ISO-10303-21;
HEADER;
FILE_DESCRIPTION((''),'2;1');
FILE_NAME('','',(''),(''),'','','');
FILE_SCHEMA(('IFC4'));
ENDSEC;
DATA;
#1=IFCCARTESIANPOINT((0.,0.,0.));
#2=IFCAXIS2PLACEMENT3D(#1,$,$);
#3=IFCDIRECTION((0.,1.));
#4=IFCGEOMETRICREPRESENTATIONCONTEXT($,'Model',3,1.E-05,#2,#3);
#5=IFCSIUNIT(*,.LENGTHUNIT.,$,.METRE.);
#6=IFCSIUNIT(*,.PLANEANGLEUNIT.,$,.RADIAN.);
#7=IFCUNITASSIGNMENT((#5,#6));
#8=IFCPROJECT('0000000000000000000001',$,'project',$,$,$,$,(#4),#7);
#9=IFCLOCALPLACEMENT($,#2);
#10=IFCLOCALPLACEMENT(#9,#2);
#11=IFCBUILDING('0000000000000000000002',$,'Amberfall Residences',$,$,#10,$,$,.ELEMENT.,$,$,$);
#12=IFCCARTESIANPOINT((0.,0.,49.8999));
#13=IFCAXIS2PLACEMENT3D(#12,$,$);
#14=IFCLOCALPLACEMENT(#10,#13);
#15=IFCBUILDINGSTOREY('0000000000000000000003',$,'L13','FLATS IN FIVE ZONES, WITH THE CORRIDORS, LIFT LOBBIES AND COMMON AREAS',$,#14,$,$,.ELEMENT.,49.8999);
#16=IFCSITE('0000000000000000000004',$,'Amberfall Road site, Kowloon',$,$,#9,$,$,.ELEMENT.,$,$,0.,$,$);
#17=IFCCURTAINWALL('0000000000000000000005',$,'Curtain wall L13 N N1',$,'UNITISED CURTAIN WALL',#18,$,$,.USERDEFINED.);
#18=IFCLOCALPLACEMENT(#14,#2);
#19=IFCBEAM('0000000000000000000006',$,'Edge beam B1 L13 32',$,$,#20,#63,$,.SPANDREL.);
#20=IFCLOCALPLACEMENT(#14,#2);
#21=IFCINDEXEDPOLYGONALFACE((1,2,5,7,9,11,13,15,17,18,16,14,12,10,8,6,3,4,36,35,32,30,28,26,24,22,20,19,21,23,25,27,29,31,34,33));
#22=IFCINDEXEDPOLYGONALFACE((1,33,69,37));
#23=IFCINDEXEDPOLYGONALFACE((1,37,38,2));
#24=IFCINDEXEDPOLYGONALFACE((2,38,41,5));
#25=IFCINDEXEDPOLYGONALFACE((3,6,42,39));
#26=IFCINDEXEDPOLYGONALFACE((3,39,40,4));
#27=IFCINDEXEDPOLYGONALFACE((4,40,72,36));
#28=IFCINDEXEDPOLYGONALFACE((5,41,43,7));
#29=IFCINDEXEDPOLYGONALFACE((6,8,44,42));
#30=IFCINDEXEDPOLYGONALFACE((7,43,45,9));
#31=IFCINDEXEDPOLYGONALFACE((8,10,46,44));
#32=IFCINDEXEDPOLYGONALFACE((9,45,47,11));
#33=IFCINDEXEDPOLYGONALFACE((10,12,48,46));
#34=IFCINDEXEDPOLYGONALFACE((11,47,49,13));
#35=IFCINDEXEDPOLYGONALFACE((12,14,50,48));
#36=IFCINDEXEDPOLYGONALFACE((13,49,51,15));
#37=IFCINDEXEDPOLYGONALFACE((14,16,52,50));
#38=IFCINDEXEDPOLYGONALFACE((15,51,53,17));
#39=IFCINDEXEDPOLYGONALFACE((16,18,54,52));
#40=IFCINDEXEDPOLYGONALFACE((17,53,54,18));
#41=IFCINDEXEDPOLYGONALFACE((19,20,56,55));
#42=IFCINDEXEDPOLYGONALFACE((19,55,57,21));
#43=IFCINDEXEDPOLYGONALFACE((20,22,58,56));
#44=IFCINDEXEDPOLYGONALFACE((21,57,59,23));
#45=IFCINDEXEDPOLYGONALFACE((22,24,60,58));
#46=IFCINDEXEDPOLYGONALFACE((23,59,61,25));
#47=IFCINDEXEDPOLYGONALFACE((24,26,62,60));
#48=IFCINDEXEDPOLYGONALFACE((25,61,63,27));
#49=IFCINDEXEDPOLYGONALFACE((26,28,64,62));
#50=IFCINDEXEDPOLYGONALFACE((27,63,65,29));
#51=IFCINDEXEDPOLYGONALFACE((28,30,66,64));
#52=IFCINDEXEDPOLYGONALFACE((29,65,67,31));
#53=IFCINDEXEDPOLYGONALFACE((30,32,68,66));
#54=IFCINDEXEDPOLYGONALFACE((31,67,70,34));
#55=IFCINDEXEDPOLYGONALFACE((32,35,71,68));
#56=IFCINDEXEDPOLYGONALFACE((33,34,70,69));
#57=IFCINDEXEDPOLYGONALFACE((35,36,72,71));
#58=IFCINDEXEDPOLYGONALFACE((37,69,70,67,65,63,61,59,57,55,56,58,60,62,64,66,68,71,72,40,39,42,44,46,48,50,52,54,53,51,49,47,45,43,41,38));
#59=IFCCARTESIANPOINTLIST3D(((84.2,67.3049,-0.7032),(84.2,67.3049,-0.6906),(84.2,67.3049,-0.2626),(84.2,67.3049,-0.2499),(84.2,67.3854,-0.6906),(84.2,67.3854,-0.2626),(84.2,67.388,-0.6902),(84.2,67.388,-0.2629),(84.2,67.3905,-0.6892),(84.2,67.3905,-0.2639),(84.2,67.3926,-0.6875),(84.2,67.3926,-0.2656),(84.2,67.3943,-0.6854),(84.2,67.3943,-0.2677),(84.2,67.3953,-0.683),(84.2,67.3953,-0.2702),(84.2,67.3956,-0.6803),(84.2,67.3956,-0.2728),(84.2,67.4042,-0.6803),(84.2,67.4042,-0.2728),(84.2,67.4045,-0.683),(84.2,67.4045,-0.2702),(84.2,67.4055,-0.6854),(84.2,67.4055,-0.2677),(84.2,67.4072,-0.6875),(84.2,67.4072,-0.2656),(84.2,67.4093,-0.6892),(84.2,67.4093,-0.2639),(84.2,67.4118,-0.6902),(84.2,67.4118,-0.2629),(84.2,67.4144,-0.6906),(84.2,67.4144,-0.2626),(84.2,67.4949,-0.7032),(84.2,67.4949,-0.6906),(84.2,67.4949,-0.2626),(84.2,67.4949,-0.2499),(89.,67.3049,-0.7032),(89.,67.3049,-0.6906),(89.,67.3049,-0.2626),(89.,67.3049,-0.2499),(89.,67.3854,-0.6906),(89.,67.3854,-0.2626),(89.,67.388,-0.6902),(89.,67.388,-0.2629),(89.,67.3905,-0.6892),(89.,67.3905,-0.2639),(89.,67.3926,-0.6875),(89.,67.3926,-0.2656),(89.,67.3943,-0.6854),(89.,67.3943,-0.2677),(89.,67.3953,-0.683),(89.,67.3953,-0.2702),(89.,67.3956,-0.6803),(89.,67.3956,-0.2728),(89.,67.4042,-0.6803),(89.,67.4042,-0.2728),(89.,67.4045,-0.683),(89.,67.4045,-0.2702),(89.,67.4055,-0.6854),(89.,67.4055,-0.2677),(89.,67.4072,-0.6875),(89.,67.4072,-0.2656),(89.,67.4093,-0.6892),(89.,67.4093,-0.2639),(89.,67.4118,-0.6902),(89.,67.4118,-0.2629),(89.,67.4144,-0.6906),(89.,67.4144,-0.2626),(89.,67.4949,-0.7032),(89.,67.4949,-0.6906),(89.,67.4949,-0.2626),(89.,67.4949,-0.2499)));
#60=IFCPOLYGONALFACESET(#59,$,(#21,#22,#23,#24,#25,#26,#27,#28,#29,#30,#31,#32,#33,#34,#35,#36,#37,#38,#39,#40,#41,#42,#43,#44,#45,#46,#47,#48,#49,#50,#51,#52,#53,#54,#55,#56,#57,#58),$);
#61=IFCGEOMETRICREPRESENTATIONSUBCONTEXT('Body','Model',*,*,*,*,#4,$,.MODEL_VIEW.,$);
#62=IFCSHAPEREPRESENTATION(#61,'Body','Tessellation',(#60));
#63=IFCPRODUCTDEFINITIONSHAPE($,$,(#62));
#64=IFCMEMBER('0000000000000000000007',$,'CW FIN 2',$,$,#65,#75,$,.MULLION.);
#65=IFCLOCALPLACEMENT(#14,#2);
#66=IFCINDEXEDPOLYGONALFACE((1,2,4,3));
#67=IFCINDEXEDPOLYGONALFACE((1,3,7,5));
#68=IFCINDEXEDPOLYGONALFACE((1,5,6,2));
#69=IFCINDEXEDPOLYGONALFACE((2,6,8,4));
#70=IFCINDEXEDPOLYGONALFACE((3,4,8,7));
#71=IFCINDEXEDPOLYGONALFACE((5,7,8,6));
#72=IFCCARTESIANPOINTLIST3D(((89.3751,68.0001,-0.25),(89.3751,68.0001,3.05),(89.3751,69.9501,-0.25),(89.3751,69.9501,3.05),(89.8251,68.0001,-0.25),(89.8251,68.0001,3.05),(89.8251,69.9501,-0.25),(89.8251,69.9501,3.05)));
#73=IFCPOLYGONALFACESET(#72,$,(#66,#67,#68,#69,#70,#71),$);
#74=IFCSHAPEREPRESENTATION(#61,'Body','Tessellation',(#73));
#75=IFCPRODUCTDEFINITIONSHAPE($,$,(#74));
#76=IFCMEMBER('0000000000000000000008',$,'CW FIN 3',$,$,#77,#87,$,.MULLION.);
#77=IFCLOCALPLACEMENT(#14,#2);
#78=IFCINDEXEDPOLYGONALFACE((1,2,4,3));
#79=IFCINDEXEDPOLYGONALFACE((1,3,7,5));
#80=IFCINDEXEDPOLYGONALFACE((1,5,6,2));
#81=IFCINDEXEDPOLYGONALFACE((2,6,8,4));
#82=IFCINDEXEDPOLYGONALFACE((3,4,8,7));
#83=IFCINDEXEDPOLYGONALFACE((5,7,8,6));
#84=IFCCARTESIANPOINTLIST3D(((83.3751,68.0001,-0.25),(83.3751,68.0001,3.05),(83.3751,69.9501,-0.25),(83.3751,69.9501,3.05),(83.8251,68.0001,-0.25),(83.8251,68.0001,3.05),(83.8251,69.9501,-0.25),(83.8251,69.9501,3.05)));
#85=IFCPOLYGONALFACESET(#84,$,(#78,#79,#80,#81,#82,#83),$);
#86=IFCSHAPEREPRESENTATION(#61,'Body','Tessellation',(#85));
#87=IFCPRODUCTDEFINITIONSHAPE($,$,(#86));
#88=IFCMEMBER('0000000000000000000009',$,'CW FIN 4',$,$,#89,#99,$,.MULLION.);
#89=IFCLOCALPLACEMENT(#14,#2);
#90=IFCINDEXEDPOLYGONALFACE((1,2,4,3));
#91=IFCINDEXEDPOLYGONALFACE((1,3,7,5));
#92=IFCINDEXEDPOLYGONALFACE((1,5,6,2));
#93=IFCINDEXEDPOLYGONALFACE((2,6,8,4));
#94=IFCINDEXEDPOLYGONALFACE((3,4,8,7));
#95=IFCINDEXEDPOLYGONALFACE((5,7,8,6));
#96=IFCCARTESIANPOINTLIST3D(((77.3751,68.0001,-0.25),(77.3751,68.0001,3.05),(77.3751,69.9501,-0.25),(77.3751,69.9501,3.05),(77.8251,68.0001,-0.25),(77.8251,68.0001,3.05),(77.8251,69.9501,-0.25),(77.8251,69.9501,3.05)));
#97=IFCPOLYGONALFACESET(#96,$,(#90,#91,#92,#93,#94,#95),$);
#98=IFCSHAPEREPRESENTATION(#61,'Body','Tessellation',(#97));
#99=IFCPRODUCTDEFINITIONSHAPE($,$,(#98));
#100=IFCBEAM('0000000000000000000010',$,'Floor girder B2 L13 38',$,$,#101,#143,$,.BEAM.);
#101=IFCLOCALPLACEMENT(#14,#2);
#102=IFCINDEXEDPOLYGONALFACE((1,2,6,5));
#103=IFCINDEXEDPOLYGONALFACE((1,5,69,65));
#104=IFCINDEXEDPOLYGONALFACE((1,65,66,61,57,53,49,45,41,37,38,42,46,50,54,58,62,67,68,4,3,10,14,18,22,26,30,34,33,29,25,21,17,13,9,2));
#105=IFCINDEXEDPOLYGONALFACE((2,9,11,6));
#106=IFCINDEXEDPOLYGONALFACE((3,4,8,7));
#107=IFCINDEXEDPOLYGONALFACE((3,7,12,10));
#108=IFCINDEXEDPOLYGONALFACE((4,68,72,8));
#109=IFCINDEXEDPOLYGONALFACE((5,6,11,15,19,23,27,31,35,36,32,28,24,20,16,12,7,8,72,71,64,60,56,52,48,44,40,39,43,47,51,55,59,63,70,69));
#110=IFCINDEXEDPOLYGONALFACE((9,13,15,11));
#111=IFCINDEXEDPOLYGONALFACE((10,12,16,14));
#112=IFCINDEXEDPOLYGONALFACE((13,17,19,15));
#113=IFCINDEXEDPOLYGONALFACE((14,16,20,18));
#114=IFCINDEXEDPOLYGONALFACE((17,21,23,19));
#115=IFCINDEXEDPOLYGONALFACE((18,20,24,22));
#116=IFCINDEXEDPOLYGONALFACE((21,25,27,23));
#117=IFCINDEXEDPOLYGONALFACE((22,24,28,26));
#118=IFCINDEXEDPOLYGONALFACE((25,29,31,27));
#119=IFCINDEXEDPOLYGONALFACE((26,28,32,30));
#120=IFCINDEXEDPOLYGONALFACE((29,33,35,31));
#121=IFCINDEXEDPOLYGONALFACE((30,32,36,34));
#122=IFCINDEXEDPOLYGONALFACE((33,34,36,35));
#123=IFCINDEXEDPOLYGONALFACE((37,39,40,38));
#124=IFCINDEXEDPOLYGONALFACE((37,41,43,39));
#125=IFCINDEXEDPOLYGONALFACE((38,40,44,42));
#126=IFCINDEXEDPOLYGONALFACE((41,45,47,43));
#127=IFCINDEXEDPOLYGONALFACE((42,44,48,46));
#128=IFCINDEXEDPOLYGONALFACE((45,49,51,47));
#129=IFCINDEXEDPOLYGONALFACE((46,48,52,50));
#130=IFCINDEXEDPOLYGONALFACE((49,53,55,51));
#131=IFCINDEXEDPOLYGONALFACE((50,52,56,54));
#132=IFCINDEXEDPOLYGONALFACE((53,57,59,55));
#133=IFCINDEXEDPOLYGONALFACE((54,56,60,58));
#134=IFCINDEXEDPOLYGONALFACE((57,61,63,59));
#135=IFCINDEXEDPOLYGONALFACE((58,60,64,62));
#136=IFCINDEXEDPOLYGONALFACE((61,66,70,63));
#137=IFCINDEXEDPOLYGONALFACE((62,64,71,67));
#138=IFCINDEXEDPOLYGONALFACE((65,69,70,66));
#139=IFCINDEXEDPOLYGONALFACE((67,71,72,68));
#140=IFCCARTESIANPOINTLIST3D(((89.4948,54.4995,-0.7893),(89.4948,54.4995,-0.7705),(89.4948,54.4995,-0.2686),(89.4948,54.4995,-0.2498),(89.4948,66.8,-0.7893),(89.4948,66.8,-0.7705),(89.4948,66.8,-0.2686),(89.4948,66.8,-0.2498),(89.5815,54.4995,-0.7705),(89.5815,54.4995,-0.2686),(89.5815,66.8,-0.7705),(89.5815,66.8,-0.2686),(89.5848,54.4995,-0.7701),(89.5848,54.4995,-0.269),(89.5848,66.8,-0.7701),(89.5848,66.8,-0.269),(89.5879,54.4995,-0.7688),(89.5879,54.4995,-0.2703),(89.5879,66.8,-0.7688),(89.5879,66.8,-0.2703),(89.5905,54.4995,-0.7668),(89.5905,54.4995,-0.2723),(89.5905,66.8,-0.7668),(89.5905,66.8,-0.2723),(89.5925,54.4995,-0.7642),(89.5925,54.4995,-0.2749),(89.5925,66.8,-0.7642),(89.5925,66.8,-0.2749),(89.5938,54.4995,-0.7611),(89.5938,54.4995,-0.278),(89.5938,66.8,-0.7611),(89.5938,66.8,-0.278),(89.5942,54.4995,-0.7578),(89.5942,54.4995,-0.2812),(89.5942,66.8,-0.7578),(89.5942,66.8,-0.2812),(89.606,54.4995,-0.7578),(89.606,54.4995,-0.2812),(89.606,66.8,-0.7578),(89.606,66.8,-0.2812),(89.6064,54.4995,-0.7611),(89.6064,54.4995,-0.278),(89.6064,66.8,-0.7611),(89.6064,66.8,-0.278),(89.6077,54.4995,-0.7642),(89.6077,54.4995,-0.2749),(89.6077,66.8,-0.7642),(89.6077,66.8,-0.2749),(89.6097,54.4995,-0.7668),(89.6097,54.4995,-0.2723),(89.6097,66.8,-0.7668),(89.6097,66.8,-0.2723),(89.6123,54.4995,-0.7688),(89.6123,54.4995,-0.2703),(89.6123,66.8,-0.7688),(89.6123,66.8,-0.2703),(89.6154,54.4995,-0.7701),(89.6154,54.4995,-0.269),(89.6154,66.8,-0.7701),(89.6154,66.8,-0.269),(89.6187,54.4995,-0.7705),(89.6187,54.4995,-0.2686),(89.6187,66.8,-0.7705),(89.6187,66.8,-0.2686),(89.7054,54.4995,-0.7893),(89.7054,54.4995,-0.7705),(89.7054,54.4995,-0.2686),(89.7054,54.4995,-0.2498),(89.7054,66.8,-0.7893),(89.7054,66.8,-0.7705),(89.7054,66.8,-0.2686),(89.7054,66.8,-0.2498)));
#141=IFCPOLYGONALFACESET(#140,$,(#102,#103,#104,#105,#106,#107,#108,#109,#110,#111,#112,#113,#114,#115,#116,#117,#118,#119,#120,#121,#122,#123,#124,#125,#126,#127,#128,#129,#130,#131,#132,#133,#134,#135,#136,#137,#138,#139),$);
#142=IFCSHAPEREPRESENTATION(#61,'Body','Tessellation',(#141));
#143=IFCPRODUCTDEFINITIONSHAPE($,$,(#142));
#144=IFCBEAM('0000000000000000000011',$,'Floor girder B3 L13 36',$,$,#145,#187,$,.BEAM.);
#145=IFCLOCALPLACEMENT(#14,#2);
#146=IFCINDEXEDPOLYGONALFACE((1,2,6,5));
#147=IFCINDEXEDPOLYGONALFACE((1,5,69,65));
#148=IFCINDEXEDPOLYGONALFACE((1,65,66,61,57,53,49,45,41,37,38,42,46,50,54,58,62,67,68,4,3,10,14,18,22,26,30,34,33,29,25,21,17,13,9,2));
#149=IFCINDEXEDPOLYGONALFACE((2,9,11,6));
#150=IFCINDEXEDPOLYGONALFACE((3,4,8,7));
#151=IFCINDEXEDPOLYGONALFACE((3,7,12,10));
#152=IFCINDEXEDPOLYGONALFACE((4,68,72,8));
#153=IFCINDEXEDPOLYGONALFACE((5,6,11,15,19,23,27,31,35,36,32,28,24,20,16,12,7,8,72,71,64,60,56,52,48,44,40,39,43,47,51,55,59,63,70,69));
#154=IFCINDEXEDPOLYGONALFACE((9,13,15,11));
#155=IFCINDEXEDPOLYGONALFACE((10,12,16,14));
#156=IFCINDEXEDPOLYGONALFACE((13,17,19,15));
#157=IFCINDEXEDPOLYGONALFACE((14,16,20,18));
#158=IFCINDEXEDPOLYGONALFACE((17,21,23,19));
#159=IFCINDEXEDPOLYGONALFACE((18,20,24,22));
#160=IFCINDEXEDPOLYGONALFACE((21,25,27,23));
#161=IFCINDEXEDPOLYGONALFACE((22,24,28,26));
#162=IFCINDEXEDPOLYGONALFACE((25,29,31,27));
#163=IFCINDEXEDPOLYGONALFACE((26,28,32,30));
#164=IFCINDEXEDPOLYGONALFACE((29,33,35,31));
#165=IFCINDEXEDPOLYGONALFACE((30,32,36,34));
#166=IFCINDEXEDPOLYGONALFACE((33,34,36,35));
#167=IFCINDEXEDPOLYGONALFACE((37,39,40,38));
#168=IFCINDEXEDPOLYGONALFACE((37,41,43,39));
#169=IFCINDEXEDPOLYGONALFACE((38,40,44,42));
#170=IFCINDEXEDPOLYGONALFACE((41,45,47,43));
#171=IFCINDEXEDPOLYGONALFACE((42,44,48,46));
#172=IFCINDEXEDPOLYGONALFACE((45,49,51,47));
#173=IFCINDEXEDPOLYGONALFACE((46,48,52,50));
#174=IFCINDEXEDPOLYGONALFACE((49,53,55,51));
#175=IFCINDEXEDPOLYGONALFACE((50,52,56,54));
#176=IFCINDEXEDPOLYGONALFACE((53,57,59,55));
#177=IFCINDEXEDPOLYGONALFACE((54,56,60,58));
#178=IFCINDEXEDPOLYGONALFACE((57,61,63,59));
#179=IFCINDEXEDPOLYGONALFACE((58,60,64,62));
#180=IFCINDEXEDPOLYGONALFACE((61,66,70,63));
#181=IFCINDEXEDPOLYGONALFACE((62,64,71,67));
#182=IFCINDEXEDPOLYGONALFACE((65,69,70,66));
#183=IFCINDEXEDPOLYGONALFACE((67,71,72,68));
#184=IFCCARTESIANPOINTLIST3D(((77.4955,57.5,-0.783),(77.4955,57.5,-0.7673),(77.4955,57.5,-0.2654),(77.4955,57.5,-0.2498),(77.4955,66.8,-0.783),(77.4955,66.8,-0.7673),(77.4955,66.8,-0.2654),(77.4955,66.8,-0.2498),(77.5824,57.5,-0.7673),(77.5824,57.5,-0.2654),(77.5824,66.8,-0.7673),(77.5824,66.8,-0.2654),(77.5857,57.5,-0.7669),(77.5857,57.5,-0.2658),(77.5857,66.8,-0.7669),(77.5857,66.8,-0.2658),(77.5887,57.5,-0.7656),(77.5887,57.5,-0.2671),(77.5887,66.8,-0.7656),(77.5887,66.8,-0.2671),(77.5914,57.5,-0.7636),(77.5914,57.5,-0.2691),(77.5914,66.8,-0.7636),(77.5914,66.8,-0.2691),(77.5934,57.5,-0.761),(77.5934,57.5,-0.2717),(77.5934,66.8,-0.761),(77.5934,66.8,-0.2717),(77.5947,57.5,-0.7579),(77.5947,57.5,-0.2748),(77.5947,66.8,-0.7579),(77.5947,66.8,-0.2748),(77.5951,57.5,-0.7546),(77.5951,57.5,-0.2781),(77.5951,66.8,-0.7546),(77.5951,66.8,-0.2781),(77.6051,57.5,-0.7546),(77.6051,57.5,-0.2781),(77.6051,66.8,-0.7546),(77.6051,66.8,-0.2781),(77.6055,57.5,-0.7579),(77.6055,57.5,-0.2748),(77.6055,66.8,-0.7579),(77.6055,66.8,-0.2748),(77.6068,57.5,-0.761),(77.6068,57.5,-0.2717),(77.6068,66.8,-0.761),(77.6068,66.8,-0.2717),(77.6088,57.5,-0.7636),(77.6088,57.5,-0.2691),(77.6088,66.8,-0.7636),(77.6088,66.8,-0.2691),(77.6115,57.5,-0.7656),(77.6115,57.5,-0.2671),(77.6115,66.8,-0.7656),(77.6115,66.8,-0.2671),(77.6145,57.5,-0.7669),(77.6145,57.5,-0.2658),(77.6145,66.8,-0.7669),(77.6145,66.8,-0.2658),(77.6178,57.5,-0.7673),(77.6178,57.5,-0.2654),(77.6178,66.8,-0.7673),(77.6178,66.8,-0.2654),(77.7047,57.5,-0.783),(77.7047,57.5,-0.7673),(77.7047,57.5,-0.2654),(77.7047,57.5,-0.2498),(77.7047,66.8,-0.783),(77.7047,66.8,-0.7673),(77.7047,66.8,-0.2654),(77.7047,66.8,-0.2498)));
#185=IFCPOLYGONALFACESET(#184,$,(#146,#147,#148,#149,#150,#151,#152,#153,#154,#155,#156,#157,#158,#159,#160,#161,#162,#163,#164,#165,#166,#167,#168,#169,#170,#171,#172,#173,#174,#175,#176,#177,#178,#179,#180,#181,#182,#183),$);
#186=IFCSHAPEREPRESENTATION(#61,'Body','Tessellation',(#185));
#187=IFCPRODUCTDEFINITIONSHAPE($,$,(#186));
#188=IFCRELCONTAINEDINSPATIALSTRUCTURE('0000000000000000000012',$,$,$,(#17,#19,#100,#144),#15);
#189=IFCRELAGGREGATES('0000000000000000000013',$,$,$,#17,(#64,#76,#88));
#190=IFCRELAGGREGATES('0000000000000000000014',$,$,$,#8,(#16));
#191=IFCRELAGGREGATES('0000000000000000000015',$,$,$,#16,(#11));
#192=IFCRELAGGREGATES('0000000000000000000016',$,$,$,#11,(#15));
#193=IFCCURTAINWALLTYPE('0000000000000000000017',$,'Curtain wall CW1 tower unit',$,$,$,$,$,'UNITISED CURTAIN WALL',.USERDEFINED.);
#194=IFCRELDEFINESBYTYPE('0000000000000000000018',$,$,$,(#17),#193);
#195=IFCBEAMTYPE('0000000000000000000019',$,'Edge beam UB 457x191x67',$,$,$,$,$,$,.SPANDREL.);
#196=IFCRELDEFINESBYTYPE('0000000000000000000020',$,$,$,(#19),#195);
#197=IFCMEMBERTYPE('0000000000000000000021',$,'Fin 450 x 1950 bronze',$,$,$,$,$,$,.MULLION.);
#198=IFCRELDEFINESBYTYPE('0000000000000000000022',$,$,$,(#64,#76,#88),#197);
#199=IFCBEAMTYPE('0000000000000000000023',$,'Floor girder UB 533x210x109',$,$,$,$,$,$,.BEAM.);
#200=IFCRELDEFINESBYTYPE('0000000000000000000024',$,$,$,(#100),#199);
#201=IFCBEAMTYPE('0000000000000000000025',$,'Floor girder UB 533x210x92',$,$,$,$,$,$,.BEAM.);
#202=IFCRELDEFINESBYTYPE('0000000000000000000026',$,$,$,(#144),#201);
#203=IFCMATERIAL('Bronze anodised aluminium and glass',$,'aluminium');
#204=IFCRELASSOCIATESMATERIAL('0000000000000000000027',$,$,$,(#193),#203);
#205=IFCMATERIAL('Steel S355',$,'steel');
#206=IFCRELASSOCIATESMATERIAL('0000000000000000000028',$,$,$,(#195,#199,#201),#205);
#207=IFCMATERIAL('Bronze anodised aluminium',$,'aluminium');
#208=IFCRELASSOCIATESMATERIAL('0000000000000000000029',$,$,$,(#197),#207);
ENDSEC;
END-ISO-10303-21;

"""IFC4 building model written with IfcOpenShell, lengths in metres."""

from ifc_helpers import new_model, si_unit, direction, frame, origin, origin_2d, place, context, subcontext, project, spatial, rectangle, i_section, extrude, material, material_profile, profile_set, type_object, element, aggregate, save


model = new_model("IFC4")

# Units and contexts
model_context = context("Model", 3, precision=1e-05, world=origin(), true_north=direction((0.0, 1.0)))
body_context = subcontext(model_context, "Body", "Model", "MODEL_VIEW")
ifc_project = project(units=[si_unit("LENGTHUNIT", "METRE"), si_unit("PLANEANGLEUNIT", "RADIAN")], contexts=[model_context])

# Site, building, storey
site_placement = place(None, origin())
site = spatial("IfcSite", under=ifc_project, at=site_placement, Name="Amberfall Road site, Kowloon", CompositionType="ELEMENT", RefElevation=0.0)
building_placement = place(site_placement, origin())
building = spatial("IfcBuilding", under=site, at=building_placement, Name="Amberfall Residences", CompositionType="ELEMENT")
storey_placement = place(building_placement, frame((0.0, 0.0, 49.8999)))
storey = spatial("IfcBuildingStorey", under=building, at=storey_placement, Name="L13", Description="FLATS IN FIVE ZONES, WITH THE CORRIDORS, LIFT LOBBIES AND COMMON AREAS", CompositionType="ELEMENT", Elevation=49.8999)

# Curtain wall
ifc_material_1 = material(Name="Bronze anodised aluminium and glass", Category="aluminium")
curtain_wall_type = type_object("IfcCurtainWallType", Name="Curtain wall CW1 tower unit", ElementType="UNITISED CURTAIN WALL", PredefinedType="USERDEFINED", material=ifc_material_1)
curtain_wall_placement = place(storey_placement, origin())
curtain_wall = element("IfcCurtainWall", 1, at=curtain_wall_placement, inside=storey, type_object=curtain_wall_type, Name="Curtain wall L13 N N1", ObjectType="UNITISED CURTAIN WALL", PredefinedType="USERDEFINED")
ifc_material_2 = material(Name="Bronze anodised aluminium", Category="aluminium")

# Beam
ifc_material_3 = material(Name="Steel S355", Category="steel")
ifc_material_profile_1 = material_profile(ifc_material_3, i_section(OverallWidth=0.1899, OverallDepth=0.4534, WebThickness=0.0085, FlangeThickness=0.0127, FilletRadius=0.0103, at=origin_2d()), Name="UB 457x191x67")
ifc_profile_set_1 = profile_set([ifc_material_profile_1], Name="Steel S355")
beam_type_1 = type_object("IfcBeamType", Name="Edge beam UB 457x191x67", PredefinedType="SPANDREL", material=ifc_profile_set_1)
for number, where, z_axis, x_axis, name in (
    (2, (84.2, 67.3999, -0.4766), (1.0, 0.0, 0.0), (0.0, 1.0, 0.0), "Edge beam B1 L13 32"),
):
    element("IfcBeam", number, at=place(storey_placement, frame(where, z_axis=z_axis, x_axis=x_axis)), inside=storey, type_object=beam_type_1, Name=name, PredefinedType="SPANDREL", context=body_context, shape_type="SweptSolid", body=[
        extrude(i_section(OverallWidth=0.1899, OverallDepth=0.4534, WebThickness=0.0085, FlangeThickness=0.0127, FilletRadius=0.0103, at=origin_2d()), origin(), (0.0, 0.0, 1.0), 4.8),
    ])

# Members
ifc_material_profile_2 = material_profile(ifc_material_2, rectangle(XDim=1.95, YDim=0.45, at=origin_2d()), Name="Fin 450 x 1950 bronze")
ifc_profile_set_2 = profile_set([ifc_material_profile_2], Name="Bronze anodised aluminium")
member_type_1 = type_object("IfcMemberType", Name="Fin 450 x 1950 bronze", PredefinedType="MULLION", material=ifc_profile_set_2)
member_1_placement = place(storey_placement, frame((89.6001, 68.9751, -0.25), z_axis=(0.0, 0.0, 1.0), x_axis=(0.0, -1.0, 0.0)))
member_1 = element("IfcMember", 3, at=member_1_placement, type_object=member_type_1, Name="CW FIN 2", PredefinedType="MULLION", context=body_context, shape_type="SweptSolid", body=[
    extrude(rectangle(XDim=1.95, YDim=0.45, at=origin_2d()), origin(), (0.0, 0.0, 1.0), 3.3),
])
member_2_placement = place(storey_placement, frame((83.6001, 68.9751, -0.25), z_axis=(0.0, 0.0, 1.0), x_axis=(0.0, -1.0, 0.0)))
member_2 = element("IfcMember", 4, at=member_2_placement, type_object=member_type_1, Name="CW FIN 3", PredefinedType="MULLION", context=body_context, shape_type="SweptSolid", body=[
    extrude(rectangle(XDim=1.95, YDim=0.45, at=origin_2d()), origin(), (0.0, 0.0, 1.0), 3.3),
])
member_3_placement = place(storey_placement, frame((77.6001, 68.9751, -0.25), z_axis=(0.0, 0.0, 1.0), x_axis=(0.0, -1.0, 0.0)))
member_3 = element("IfcMember", 5, at=member_3_placement, type_object=member_type_1, Name="CW FIN 4", PredefinedType="MULLION", context=body_context, shape_type="SweptSolid", body=[
    extrude(rectangle(XDim=1.95, YDim=0.45, at=origin_2d()), origin(), (0.0, 0.0, 1.0), 3.3),
])

# Beams
ifc_material_profile_3 = material_profile(ifc_material_3, i_section(OverallWidth=0.2107, OverallDepth=0.5396, WebThickness=0.0117, FlangeThickness=0.0188, FilletRadius=0.0127, at=origin_2d()), Name="UB 533x210x109")
ifc_profile_set_3 = profile_set([ifc_material_profile_3], Name="Steel S355")
beam_type_2 = type_object("IfcBeamType", Name="Floor girder UB 533x210x109", PredefinedType="BEAM", material=ifc_profile_set_3)
beam_placement = place(storey_placement, frame((89.6001, 66.8, -0.5195), z_axis=(0.0, -1.0, 0.0), x_axis=(1.0, 0.0, 0.0)))
element("IfcBeam", 6, at=beam_placement, inside=storey, type_object=beam_type_2, Name="Floor girder B2 L13 38", PredefinedType="BEAM", context=body_context, shape_type="SweptSolid", body=[
    extrude(i_section(OverallWidth=0.2107, OverallDepth=0.5396, WebThickness=0.0117, FlangeThickness=0.0188, FilletRadius=0.0127, at=origin_2d()), origin(), (0.0, 0.0, 1.0), 12.3005),
])
ifc_material_profile_4 = material_profile(ifc_material_3, i_section(OverallWidth=0.2092, OverallDepth=0.5332, WebThickness=0.01, FlangeThickness=0.0156, FilletRadius=0.0127, at=origin_2d()), Name="UB 533x210x92")
ifc_profile_set_4 = profile_set([ifc_material_profile_4], Name="Steel S355")
beam_type_3 = type_object("IfcBeamType", Name="Floor girder UB 533x210x92", PredefinedType="BEAM", material=ifc_profile_set_4)
for number, where, z_axis, x_axis, name in (
    (7, (77.6001, 66.8, -0.5164), (0.0, -1.0, 0.0), (1.0, 0.0, 0.0), "Floor girder B3 L13 36"),
):
    element("IfcBeam", number, at=place(storey_placement, frame(where, z_axis=z_axis, x_axis=x_axis)), inside=storey, type_object=beam_type_3, Name=name, PredefinedType="BEAM", context=body_context, shape_type="SweptSolid", body=[
        extrude(i_section(OverallWidth=0.2092, OverallDepth=0.5332, WebThickness=0.01, FlangeThickness=0.0156, FilletRadius=0.0127, at=origin_2d()), origin(), (0.0, 0.0, 1.0), 9.3),
    ])

aggregate(curtain_wall, [member_1, member_2, member_3])

save(model, "model.ifc")
